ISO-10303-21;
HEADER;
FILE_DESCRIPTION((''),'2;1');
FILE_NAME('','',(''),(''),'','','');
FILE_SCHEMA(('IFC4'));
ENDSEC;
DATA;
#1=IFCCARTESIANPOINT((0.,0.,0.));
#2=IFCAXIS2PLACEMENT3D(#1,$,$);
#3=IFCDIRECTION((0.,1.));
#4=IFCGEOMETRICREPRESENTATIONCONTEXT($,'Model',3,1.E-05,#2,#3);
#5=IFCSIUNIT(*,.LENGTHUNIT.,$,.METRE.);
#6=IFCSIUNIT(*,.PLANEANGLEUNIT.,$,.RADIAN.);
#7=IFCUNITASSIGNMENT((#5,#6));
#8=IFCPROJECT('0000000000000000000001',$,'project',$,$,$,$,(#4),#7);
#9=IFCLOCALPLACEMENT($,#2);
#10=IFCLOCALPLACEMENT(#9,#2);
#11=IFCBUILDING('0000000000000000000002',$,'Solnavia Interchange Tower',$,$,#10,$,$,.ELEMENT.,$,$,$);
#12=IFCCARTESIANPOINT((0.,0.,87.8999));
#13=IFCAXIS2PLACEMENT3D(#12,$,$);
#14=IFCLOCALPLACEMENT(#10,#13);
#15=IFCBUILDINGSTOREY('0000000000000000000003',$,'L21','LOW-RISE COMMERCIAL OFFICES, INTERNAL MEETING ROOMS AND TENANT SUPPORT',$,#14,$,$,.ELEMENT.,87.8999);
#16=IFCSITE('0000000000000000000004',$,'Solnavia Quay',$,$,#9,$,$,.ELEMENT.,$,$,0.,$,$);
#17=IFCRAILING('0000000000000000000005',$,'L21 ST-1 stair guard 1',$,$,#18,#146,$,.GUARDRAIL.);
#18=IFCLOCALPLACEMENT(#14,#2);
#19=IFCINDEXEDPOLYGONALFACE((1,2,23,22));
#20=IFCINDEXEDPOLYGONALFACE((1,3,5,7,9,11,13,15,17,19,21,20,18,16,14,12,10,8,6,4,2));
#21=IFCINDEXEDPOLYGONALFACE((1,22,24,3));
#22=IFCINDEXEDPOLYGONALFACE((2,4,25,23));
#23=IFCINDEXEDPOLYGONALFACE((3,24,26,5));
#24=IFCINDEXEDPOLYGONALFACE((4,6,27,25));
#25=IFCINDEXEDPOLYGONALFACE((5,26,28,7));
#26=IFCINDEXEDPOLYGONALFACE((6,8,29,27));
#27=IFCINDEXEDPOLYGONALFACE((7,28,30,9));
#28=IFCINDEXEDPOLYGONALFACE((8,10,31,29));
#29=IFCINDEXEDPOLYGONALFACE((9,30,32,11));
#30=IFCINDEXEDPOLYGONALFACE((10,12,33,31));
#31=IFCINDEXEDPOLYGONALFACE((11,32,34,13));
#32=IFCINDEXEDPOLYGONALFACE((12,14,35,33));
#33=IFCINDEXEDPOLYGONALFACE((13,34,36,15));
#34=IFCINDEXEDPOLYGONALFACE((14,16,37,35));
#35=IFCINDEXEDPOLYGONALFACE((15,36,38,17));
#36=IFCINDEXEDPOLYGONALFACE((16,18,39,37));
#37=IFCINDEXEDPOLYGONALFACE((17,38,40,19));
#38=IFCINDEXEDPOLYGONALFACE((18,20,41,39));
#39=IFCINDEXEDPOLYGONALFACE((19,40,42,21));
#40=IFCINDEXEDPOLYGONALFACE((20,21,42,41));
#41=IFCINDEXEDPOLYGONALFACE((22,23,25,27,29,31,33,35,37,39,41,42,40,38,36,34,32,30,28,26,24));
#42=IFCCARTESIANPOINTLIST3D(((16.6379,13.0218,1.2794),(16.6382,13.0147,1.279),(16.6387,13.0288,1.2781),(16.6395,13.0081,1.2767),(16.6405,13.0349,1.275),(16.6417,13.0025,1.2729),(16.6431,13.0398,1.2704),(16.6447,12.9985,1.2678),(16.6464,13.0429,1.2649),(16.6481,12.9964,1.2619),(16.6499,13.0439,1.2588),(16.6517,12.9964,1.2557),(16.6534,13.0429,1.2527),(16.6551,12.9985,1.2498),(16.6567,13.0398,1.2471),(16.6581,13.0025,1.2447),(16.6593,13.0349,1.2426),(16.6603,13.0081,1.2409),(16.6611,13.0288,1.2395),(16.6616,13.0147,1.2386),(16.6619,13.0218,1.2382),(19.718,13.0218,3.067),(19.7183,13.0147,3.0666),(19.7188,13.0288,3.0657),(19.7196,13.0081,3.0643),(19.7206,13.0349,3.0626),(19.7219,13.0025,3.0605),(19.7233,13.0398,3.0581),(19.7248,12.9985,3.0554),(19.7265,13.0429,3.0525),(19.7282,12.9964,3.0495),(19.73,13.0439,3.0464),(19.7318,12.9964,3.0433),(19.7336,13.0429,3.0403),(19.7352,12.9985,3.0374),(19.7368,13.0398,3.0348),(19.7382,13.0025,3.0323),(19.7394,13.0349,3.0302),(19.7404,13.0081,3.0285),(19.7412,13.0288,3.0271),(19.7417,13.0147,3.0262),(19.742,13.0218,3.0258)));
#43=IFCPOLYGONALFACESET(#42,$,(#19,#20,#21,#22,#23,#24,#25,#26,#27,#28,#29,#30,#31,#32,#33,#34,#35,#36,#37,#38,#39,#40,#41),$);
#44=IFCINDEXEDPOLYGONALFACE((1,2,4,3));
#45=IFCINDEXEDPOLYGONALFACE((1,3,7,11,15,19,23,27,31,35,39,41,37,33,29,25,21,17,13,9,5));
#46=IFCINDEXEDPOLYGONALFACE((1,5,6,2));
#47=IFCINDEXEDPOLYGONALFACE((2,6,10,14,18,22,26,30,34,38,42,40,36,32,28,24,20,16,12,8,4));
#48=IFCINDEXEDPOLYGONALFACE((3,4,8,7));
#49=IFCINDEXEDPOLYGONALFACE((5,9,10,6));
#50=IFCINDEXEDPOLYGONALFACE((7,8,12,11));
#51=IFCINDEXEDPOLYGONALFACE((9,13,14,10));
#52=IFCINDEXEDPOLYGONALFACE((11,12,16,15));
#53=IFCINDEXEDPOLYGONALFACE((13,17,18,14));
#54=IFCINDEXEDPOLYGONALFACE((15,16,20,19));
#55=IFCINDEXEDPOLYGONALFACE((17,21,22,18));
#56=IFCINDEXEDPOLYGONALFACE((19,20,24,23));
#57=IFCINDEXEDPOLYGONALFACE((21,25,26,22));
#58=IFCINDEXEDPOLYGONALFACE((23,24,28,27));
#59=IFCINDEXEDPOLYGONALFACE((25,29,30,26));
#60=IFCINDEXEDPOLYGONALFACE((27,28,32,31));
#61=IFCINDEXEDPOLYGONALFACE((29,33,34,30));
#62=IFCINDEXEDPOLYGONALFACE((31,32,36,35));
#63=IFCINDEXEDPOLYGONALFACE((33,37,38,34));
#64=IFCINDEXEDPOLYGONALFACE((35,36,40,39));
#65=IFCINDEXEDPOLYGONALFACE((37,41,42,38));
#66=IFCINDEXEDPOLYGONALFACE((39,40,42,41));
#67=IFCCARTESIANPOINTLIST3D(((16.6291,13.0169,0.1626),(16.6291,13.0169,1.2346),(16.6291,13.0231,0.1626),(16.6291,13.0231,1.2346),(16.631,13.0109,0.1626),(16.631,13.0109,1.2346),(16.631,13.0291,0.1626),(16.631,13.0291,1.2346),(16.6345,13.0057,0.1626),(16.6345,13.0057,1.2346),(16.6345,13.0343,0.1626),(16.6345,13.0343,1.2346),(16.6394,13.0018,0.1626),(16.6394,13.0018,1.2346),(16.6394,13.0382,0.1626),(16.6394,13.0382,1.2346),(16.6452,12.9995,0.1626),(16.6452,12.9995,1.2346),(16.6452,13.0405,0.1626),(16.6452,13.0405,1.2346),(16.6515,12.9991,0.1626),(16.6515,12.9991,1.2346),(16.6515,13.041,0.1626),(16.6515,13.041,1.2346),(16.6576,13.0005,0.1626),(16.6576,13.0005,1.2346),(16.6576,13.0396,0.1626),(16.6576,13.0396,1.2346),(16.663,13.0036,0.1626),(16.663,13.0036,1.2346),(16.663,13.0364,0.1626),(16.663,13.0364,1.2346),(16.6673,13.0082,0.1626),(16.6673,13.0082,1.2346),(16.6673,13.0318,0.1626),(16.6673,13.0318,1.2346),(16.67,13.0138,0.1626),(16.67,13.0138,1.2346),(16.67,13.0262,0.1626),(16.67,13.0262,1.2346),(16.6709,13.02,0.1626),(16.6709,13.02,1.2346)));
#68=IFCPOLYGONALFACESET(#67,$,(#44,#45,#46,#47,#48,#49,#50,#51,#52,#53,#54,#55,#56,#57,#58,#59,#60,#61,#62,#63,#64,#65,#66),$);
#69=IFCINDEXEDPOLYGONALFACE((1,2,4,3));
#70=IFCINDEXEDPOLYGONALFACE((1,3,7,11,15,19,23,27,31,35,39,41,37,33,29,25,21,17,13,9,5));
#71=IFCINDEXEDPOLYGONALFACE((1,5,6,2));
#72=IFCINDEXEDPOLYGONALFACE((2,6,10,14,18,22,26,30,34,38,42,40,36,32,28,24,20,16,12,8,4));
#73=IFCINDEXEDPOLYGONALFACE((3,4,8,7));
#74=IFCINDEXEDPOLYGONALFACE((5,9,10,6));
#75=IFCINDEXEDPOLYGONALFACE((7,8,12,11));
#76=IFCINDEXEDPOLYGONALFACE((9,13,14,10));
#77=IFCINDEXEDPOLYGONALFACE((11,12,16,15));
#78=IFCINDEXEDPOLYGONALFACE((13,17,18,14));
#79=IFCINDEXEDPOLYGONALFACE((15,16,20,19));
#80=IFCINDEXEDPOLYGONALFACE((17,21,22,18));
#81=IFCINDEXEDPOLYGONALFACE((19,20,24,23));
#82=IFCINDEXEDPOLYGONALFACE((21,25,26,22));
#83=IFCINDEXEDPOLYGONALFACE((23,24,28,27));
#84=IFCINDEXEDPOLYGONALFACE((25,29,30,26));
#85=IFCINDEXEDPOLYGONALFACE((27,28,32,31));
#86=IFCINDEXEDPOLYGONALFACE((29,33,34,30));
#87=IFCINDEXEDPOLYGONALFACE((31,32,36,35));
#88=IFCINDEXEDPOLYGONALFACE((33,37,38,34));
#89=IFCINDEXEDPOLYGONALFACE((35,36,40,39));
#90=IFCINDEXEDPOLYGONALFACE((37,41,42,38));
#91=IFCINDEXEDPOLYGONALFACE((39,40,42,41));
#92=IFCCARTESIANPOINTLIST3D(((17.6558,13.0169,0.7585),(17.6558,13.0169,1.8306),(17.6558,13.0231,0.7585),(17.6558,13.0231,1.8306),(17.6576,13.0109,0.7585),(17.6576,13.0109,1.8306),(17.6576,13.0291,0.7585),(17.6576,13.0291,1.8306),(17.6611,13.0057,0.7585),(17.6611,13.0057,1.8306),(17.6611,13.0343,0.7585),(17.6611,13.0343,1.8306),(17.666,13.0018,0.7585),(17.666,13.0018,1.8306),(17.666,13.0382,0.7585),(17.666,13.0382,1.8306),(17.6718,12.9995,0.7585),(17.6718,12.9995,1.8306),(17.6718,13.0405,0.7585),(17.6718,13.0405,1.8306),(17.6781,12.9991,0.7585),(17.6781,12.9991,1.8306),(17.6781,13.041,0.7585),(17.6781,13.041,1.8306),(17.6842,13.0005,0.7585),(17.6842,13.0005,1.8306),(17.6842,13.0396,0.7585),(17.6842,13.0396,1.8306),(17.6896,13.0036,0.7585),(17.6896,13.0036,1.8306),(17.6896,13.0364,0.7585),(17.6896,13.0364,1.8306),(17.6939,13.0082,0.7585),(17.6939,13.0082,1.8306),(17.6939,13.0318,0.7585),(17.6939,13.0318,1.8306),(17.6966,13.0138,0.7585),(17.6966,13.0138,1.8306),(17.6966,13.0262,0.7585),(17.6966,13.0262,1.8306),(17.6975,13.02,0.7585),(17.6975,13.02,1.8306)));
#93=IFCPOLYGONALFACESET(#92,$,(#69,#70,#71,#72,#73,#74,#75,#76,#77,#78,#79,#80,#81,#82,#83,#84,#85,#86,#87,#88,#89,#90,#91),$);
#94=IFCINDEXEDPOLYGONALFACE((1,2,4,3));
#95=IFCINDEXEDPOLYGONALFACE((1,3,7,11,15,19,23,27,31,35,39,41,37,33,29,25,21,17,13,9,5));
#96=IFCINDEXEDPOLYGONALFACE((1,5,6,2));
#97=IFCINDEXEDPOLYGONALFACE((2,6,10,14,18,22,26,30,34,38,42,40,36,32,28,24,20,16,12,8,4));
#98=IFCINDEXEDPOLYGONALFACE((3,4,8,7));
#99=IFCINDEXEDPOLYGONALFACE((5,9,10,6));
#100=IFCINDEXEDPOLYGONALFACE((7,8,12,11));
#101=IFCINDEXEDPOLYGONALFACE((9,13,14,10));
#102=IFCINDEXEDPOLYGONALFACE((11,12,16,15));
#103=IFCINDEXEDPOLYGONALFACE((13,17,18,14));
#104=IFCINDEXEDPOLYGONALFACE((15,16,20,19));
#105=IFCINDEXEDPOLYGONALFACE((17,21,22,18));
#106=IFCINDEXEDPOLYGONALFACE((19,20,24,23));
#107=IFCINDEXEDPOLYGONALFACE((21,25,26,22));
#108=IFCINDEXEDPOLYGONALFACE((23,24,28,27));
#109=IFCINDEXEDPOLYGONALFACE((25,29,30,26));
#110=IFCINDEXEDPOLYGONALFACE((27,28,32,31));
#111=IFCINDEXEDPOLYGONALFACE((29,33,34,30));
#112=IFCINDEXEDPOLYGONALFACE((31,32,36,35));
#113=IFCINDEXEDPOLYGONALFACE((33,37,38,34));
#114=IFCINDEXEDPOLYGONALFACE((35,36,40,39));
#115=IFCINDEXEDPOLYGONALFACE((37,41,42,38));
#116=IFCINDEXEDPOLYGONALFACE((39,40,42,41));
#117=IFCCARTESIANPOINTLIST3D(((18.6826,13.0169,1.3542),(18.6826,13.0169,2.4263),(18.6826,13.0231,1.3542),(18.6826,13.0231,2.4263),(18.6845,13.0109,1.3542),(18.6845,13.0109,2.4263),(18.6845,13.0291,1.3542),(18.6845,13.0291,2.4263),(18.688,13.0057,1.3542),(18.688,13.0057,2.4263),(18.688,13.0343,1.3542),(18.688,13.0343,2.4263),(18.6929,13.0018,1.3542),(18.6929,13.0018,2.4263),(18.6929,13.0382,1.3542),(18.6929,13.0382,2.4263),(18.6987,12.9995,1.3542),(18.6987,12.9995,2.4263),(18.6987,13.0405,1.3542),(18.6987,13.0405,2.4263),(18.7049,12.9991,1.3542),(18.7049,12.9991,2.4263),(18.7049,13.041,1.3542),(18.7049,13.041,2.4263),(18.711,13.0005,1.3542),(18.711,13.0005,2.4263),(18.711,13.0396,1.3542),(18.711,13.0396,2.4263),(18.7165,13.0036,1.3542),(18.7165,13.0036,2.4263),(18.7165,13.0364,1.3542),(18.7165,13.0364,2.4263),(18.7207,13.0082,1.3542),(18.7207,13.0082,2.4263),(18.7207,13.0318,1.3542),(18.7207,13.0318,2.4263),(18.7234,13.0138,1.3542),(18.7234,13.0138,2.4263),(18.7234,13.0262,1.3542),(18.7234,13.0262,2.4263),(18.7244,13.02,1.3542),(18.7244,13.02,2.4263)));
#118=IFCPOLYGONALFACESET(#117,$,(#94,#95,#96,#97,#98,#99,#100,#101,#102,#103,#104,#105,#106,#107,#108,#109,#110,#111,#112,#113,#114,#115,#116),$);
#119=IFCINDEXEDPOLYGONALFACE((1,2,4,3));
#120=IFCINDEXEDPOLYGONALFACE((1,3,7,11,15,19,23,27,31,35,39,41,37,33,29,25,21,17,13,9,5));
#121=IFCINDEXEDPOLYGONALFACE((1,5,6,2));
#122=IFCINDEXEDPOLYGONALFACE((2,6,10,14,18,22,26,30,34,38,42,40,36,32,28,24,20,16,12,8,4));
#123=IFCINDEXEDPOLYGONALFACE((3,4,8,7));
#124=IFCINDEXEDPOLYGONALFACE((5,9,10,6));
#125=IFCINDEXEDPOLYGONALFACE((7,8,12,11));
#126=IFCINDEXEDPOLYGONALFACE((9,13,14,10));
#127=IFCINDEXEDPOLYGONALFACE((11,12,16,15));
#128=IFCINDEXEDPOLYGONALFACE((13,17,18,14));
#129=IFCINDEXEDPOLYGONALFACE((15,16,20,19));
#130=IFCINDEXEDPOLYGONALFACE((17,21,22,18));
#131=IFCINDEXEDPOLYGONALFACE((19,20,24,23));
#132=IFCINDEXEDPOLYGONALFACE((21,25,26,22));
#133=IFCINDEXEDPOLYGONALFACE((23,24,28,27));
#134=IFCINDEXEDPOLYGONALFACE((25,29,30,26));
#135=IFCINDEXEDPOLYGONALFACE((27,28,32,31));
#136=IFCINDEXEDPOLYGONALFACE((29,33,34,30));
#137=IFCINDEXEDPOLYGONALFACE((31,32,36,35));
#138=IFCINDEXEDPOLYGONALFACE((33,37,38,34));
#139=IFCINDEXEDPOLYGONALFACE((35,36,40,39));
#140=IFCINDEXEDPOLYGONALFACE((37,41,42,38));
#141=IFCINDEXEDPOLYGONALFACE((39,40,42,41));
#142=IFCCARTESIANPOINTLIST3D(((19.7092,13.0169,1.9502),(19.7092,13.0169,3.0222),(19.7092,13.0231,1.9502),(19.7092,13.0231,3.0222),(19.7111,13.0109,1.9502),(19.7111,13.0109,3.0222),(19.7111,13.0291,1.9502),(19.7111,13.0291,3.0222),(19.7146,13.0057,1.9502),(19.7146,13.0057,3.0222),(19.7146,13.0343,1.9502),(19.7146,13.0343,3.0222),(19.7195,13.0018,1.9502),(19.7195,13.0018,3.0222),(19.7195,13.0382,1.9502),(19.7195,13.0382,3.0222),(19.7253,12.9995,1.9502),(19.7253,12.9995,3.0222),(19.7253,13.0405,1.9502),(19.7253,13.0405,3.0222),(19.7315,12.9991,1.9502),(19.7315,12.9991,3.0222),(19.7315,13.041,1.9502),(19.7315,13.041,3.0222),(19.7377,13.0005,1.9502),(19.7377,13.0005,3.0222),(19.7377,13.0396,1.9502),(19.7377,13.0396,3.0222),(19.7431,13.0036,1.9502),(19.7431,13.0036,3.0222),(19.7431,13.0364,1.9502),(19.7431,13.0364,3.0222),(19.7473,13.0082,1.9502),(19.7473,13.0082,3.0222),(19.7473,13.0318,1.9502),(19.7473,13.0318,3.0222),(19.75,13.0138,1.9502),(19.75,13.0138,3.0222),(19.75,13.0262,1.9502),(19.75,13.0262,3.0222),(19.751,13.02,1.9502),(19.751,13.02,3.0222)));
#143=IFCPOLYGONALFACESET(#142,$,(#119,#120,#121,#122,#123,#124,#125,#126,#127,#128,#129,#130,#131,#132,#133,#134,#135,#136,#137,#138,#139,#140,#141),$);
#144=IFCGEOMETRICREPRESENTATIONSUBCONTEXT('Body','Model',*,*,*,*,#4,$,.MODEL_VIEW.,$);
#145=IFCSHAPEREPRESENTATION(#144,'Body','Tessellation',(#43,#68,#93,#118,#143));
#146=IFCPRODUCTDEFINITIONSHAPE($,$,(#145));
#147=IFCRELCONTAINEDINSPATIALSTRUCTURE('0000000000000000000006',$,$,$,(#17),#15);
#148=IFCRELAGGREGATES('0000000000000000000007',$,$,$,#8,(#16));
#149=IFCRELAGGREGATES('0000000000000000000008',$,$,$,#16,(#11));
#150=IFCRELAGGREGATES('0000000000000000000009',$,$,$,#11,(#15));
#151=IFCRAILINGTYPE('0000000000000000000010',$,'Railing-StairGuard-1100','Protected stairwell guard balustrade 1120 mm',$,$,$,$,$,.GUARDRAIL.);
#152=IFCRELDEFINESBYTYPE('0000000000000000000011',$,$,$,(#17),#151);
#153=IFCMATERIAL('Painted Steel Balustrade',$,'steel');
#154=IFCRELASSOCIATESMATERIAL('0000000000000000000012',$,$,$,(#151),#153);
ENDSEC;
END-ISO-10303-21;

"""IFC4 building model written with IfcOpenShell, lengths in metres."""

from ifc_helpers import new_model, si_unit, direction, frame, origin, origin_2d, place, context, subcontext, project, spatial, circle, extrude, material, type_object, element, save


model = new_model("IFC4")

# Units and contexts
model_context = context("Model", 3, precision=1e-05, world=origin(), true_north=direction((0.0, 1.0)))
body_context = subcontext(model_context, "Body", "Model", "MODEL_VIEW")
ifc_project = project(units=[si_unit("LENGTHUNIT", "METRE"), si_unit("PLANEANGLEUNIT", "RADIAN")], contexts=[model_context])

# Site, building, storey
site_placement = place(None, origin())
site = spatial("IfcSite", under=ifc_project, at=site_placement, Name="Solnavia Quay", CompositionType="ELEMENT", RefElevation=0.0)
building_placement = place(site_placement, origin())
building = spatial("IfcBuilding", under=site, at=building_placement, Name="Solnavia Interchange Tower", CompositionType="ELEMENT")
storey_placement = place(building_placement, frame((0.0, 0.0, 87.8999)))
storey = spatial("IfcBuildingStorey", under=building, at=storey_placement, Name="L21", Description="LOW-RISE COMMERCIAL OFFICES, INTERNAL MEETING ROOMS AND TENANT SUPPORT", CompositionType="ELEMENT", Elevation=87.8999)

# Railing
ifc_material_1 = material(Name="Painted Steel Balustrade", Category="steel")
railing_type_1 = type_object("IfcRailingType", Name="Railing-StairGuard-1100", Description="Protected stairwell guard balustrade 1120 mm", PredefinedType="GUARDRAIL", material=ifc_material_1)
railing_1_placement = place(storey_placement, frame((16.6499, 13.02, 0.1626)))
element("IfcRailing", 1, at=railing_1_placement, inside=storey, type_object=railing_type_1, Name="L21 ST-1 stair guard 1", PredefinedType="GUARDRAIL", context=body_context, shape_type="SweptSolid", body=[
    extrude(circle(Radius=0.0239, at=origin_2d()), frame((0.0, 0.0, 1.0962), z_axis=(0.864891, 0.0, 0.50196), x_axis=(0.0, 1.0, 0.0)), (0.0, 0.0, 1.0), 3.5613),
    extrude(circle(Radius=0.021, at=origin_2d()), origin(), (0.0, 0.0, 1.0), 1.072),
    extrude(circle(Radius=0.021, at=origin_2d()), frame((1.0266, 0.0, 0.5959)), (0.0, 0.0, 1.0), 1.072),
    extrude(circle(Radius=0.021, at=origin_2d()), frame((2.0535, 0.0, 1.1917)), (0.0, 0.0, 1.0), 1.072),
    extrude(circle(Radius=0.021, at=origin_2d()), frame((3.0801, 0.0, 1.7876)), (0.0, 0.0, 1.0), 1.072),
])

save(model, "model.ifc")
